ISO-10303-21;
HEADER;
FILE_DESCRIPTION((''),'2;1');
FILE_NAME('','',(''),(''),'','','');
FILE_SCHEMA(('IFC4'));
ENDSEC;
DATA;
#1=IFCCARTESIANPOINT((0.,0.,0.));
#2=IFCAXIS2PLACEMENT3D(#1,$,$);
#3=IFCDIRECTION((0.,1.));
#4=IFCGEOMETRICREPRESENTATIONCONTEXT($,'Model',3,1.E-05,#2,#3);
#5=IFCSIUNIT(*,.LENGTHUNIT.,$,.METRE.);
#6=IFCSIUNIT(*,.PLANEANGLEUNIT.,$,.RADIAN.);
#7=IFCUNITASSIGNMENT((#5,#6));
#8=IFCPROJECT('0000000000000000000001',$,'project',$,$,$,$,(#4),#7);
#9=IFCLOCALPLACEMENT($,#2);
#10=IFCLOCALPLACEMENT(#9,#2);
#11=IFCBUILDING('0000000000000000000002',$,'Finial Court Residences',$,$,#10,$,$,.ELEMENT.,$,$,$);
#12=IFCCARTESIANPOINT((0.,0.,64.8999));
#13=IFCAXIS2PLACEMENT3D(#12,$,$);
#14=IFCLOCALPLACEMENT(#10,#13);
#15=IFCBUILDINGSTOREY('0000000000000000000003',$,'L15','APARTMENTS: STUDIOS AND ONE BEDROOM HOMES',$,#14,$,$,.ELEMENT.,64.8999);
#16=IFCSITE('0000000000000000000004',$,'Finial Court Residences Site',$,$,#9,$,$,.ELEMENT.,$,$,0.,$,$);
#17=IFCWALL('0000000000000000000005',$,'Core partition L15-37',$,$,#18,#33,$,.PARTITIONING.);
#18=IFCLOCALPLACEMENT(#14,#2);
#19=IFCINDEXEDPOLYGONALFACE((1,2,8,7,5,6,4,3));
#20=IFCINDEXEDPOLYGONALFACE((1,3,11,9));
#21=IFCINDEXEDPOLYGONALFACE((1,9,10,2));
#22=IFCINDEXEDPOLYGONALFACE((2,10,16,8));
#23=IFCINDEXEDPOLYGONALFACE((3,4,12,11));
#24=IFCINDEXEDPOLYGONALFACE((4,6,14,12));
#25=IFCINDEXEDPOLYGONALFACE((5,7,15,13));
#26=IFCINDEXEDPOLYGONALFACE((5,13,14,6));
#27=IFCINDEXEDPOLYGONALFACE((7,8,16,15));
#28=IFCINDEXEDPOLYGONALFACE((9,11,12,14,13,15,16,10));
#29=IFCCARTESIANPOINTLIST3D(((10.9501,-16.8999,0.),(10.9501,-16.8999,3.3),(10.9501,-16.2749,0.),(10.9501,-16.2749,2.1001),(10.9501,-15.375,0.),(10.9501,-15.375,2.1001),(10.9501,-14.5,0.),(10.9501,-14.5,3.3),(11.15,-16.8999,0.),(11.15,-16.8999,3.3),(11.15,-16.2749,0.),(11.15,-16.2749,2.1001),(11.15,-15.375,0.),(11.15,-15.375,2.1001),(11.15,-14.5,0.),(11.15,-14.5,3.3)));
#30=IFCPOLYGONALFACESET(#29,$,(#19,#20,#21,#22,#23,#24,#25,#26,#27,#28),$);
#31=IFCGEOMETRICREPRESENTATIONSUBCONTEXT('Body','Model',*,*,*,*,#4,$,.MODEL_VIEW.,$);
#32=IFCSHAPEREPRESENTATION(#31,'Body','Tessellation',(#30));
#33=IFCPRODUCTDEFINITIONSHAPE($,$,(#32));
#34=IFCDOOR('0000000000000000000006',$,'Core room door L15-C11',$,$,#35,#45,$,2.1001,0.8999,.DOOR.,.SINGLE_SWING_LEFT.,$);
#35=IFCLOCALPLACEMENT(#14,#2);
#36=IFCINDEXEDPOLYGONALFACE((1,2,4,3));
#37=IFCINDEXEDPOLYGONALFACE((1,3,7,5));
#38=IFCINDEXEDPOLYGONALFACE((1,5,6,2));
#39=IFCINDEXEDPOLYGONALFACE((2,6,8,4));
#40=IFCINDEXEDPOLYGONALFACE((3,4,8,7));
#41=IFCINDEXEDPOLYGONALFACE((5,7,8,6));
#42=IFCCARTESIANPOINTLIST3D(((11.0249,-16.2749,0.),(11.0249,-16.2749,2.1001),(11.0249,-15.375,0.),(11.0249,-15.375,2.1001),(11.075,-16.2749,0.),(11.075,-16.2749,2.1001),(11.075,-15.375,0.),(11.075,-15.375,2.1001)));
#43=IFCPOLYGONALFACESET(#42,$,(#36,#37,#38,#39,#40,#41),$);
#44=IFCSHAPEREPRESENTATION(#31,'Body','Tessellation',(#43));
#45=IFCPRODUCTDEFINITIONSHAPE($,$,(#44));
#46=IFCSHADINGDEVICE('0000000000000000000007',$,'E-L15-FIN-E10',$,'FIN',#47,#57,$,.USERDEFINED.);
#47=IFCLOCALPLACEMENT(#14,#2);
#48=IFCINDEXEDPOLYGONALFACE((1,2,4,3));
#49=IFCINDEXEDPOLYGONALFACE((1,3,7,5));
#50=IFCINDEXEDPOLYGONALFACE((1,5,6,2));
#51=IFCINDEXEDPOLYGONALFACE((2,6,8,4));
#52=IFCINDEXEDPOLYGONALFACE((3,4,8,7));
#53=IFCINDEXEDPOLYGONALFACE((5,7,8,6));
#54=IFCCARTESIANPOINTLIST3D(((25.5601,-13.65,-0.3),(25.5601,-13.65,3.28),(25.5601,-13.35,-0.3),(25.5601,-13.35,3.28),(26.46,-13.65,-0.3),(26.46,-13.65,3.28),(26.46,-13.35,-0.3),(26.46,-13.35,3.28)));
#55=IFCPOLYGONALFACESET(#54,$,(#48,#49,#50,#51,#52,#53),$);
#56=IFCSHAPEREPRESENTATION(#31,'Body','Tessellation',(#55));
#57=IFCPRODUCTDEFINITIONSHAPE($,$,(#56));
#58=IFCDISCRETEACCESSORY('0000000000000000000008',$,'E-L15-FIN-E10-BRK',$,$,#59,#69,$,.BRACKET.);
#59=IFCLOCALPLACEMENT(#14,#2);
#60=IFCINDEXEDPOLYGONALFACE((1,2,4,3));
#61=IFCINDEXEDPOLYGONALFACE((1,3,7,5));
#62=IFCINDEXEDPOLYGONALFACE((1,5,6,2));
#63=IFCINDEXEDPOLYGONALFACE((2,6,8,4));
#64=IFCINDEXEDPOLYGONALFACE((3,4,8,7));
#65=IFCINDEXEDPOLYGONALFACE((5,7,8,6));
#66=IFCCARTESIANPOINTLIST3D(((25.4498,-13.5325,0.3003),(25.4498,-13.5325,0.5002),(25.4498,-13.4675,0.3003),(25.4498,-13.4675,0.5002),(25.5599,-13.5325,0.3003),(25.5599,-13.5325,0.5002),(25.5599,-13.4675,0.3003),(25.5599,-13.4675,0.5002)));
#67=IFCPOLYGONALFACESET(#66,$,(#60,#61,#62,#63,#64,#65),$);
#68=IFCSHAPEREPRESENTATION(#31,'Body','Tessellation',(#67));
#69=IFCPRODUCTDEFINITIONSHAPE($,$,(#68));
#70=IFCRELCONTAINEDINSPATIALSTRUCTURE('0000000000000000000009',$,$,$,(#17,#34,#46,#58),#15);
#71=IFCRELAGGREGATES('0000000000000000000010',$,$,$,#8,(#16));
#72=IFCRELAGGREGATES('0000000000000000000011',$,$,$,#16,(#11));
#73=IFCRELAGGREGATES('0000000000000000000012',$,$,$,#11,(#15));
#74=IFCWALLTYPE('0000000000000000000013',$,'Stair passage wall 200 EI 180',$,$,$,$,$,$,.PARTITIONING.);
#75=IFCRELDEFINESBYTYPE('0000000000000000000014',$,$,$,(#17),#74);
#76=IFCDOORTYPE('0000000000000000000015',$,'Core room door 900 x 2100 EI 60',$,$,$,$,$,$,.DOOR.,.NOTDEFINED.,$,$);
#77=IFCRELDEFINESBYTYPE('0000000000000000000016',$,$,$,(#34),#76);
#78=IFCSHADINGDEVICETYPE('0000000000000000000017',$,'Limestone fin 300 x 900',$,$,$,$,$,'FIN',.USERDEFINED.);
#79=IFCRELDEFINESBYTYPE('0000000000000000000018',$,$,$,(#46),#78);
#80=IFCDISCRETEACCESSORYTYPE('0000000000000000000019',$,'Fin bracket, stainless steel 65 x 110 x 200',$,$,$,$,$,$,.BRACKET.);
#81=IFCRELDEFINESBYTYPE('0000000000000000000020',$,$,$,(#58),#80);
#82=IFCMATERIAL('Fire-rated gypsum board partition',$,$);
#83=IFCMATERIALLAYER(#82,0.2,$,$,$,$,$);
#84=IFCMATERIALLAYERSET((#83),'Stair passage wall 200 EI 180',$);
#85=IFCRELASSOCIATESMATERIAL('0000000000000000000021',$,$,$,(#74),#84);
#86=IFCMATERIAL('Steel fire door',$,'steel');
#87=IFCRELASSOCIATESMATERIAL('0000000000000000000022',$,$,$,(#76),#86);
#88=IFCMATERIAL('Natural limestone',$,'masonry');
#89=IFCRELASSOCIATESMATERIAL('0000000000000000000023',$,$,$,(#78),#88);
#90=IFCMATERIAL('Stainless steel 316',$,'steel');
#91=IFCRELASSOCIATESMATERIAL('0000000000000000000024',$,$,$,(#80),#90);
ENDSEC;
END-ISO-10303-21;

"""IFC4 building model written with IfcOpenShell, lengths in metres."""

from ifc_helpers import new_model, si_unit, direction, frame, frame_2d, origin, origin_2d, place, context, subcontext, project, spatial, rectangle, extrude, material, layer, layer_set, type_object, element, fill, save


model = new_model("IFC4")

# Units and contexts
model_context = context("Model", 3, precision=1e-05, world=origin(), true_north=direction((0.0, 1.0)))
body_context = subcontext(model_context, "Body", "Model", "MODEL_VIEW")
ifc_project = project(units=[si_unit("LENGTHUNIT", "METRE"), si_unit("PLANEANGLEUNIT", "RADIAN")], contexts=[model_context])

# Site, building, storey
site_placement = place(None, origin())
site = spatial("IfcSite", under=ifc_project, at=site_placement, Name="Finial Court Residences Site", CompositionType="ELEMENT", RefElevation=0.0)
building_placement = place(site_placement, origin())
building = spatial("IfcBuilding", under=site, at=building_placement, Name="Finial Court Residences", CompositionType="ELEMENT")
storey_placement = place(building_placement, frame((0.0, 0.0, 64.8999)))
storey = spatial("IfcBuildingStorey", under=building, at=storey_placement, Name="L15", Description="APARTMENTS: STUDIOS AND ONE BEDROOM HOMES", CompositionType="ELEMENT", Elevation=64.8999)

# Wall, opening, door
ifc_material_1 = material(Name="Fire-rated gypsum board partition")
ifc_layer_1 = layer(ifc_material_1, 0.2)
ifc_layer_set_1 = layer_set([ifc_layer_1], Name="Stair passage wall 200 EI 180")
wall_type_1 = type_object("IfcWallType", Name="Stair passage wall 200 EI 180", PredefinedType="PARTITIONING", material=ifc_layer_set_1)
wall_1_placement = place(storey_placement, frame((11.05, -14.5, 0.0), z_axis=(0.0, 0.0, 1.0), x_axis=(0.0, -1.0, 0.0)))
wall_1 = element("IfcWall", 1, at=wall_1_placement, inside=storey, type_object=wall_type_1, Name="Core partition L15-37", PredefinedType="PARTITIONING", context=body_context, shape_type="SweptSolid", body=[
    extrude(rectangle(XDim=2.3999, YDim=0.2, at=frame_2d((1.2, 0.0))), origin(), (0.0, 0.0, 1.0), 3.3),
])
opening_1_placement = place(wall_1_placement, frame((0.875, 0.0, 0.0)))
opening_1 = element("IfcOpeningElement", 2, at=opening_1_placement, cuts=wall_1, PredefinedType="OPENING", context=body_context, shape_type="SweptSolid", body=[
    extrude(rectangle(XDim=0.8999, YDim=2.1001, at=frame_2d((0.45, 1.05))), frame((0.0, 0.1099, 0.0), z_axis=(0.0, -1.0, 0.0), x_axis=(1.0, 0.0, 0.0)), (0.0, 0.0, 1.0), 0.22),
])
ifc_material_2 = material(Name="Steel fire door", Category="steel")
door_type_1 = type_object("IfcDoorType", Name="Core room door 900 x 2100 EI 60", OperationType="NOTDEFINED", PredefinedType="DOOR", material=ifc_material_2)
door_1_placement = place(opening_1_placement, origin())
door_1 = element("IfcDoor", 3, at=door_1_placement, inside=storey, type_object=door_type_1, Name="Core room door L15-C11", OperationType="SINGLE_SWING_LEFT", OverallHeight=2.1001, OverallWidth=0.8999, PredefinedType="DOOR", context=body_context, shape_type="SweptSolid", body=[
    extrude(rectangle(XDim=0.8999, YDim=2.1001, at=frame_2d((0.45, 1.05))), frame((0.0, 0.0249, 0.0), z_axis=(0.0, -1.0, 0.0), x_axis=(1.0, 0.0, 0.0)), (0.0, 0.0, 1.0), 0.05),
])
fill(opening_1, door_1)

# Shading device
ifc_material_3 = material(Name="Natural limestone", Category="masonry")
shading_device_type = type_object("IfcShadingDeviceType", Name="Limestone fin 300 x 900", ElementType="FIN", PredefinedType="USERDEFINED", material=ifc_material_3)
shading_device_placement = place(storey_placement, frame((26.01, -13.5, -0.3), z_axis=(0.0, 0.0, 1.0), x_axis=(1.0, 0.0, 0.0)))
element("IfcShadingDevice", 4, at=shading_device_placement, inside=storey, type_object=shading_device_type, Name="E-L15-FIN-E10", ObjectType="FIN", PredefinedType="USERDEFINED", context=body_context, shape_type="SweptSolid", body=[
    extrude(rectangle(XDim=0.8999, YDim=0.3, at=origin_2d()), origin(), (0.0, 0.0, 1.0), 3.5801),
])

# Discrete accessory
ifc_material_4 = material(Name="Stainless steel 316", Category="steel")
discrete_accessory_type = type_object("IfcDiscreteAccessoryType", Name="Fin bracket, stainless steel 65 x 110 x 200", PredefinedType="BRACKET", material=ifc_material_4)
discrete_accessory_placement = place(storey_placement, frame((25.5049, -13.5, 0.3003), z_axis=(0.0, 0.0, 1.0), x_axis=(1.0, 0.0, 0.0)))
element("IfcDiscreteAccessory", 5, at=discrete_accessory_placement, inside=storey, type_object=discrete_accessory_type, Name="E-L15-FIN-E10-BRK", PredefinedType="BRACKET", context=body_context, shape_type="SweptSolid", body=[
    extrude(rectangle(XDim=0.1101, YDim=0.0649, at=origin_2d()), origin(), (0.0, 0.0, 1.0), 0.2),
])

save(model, "model.ifc")
